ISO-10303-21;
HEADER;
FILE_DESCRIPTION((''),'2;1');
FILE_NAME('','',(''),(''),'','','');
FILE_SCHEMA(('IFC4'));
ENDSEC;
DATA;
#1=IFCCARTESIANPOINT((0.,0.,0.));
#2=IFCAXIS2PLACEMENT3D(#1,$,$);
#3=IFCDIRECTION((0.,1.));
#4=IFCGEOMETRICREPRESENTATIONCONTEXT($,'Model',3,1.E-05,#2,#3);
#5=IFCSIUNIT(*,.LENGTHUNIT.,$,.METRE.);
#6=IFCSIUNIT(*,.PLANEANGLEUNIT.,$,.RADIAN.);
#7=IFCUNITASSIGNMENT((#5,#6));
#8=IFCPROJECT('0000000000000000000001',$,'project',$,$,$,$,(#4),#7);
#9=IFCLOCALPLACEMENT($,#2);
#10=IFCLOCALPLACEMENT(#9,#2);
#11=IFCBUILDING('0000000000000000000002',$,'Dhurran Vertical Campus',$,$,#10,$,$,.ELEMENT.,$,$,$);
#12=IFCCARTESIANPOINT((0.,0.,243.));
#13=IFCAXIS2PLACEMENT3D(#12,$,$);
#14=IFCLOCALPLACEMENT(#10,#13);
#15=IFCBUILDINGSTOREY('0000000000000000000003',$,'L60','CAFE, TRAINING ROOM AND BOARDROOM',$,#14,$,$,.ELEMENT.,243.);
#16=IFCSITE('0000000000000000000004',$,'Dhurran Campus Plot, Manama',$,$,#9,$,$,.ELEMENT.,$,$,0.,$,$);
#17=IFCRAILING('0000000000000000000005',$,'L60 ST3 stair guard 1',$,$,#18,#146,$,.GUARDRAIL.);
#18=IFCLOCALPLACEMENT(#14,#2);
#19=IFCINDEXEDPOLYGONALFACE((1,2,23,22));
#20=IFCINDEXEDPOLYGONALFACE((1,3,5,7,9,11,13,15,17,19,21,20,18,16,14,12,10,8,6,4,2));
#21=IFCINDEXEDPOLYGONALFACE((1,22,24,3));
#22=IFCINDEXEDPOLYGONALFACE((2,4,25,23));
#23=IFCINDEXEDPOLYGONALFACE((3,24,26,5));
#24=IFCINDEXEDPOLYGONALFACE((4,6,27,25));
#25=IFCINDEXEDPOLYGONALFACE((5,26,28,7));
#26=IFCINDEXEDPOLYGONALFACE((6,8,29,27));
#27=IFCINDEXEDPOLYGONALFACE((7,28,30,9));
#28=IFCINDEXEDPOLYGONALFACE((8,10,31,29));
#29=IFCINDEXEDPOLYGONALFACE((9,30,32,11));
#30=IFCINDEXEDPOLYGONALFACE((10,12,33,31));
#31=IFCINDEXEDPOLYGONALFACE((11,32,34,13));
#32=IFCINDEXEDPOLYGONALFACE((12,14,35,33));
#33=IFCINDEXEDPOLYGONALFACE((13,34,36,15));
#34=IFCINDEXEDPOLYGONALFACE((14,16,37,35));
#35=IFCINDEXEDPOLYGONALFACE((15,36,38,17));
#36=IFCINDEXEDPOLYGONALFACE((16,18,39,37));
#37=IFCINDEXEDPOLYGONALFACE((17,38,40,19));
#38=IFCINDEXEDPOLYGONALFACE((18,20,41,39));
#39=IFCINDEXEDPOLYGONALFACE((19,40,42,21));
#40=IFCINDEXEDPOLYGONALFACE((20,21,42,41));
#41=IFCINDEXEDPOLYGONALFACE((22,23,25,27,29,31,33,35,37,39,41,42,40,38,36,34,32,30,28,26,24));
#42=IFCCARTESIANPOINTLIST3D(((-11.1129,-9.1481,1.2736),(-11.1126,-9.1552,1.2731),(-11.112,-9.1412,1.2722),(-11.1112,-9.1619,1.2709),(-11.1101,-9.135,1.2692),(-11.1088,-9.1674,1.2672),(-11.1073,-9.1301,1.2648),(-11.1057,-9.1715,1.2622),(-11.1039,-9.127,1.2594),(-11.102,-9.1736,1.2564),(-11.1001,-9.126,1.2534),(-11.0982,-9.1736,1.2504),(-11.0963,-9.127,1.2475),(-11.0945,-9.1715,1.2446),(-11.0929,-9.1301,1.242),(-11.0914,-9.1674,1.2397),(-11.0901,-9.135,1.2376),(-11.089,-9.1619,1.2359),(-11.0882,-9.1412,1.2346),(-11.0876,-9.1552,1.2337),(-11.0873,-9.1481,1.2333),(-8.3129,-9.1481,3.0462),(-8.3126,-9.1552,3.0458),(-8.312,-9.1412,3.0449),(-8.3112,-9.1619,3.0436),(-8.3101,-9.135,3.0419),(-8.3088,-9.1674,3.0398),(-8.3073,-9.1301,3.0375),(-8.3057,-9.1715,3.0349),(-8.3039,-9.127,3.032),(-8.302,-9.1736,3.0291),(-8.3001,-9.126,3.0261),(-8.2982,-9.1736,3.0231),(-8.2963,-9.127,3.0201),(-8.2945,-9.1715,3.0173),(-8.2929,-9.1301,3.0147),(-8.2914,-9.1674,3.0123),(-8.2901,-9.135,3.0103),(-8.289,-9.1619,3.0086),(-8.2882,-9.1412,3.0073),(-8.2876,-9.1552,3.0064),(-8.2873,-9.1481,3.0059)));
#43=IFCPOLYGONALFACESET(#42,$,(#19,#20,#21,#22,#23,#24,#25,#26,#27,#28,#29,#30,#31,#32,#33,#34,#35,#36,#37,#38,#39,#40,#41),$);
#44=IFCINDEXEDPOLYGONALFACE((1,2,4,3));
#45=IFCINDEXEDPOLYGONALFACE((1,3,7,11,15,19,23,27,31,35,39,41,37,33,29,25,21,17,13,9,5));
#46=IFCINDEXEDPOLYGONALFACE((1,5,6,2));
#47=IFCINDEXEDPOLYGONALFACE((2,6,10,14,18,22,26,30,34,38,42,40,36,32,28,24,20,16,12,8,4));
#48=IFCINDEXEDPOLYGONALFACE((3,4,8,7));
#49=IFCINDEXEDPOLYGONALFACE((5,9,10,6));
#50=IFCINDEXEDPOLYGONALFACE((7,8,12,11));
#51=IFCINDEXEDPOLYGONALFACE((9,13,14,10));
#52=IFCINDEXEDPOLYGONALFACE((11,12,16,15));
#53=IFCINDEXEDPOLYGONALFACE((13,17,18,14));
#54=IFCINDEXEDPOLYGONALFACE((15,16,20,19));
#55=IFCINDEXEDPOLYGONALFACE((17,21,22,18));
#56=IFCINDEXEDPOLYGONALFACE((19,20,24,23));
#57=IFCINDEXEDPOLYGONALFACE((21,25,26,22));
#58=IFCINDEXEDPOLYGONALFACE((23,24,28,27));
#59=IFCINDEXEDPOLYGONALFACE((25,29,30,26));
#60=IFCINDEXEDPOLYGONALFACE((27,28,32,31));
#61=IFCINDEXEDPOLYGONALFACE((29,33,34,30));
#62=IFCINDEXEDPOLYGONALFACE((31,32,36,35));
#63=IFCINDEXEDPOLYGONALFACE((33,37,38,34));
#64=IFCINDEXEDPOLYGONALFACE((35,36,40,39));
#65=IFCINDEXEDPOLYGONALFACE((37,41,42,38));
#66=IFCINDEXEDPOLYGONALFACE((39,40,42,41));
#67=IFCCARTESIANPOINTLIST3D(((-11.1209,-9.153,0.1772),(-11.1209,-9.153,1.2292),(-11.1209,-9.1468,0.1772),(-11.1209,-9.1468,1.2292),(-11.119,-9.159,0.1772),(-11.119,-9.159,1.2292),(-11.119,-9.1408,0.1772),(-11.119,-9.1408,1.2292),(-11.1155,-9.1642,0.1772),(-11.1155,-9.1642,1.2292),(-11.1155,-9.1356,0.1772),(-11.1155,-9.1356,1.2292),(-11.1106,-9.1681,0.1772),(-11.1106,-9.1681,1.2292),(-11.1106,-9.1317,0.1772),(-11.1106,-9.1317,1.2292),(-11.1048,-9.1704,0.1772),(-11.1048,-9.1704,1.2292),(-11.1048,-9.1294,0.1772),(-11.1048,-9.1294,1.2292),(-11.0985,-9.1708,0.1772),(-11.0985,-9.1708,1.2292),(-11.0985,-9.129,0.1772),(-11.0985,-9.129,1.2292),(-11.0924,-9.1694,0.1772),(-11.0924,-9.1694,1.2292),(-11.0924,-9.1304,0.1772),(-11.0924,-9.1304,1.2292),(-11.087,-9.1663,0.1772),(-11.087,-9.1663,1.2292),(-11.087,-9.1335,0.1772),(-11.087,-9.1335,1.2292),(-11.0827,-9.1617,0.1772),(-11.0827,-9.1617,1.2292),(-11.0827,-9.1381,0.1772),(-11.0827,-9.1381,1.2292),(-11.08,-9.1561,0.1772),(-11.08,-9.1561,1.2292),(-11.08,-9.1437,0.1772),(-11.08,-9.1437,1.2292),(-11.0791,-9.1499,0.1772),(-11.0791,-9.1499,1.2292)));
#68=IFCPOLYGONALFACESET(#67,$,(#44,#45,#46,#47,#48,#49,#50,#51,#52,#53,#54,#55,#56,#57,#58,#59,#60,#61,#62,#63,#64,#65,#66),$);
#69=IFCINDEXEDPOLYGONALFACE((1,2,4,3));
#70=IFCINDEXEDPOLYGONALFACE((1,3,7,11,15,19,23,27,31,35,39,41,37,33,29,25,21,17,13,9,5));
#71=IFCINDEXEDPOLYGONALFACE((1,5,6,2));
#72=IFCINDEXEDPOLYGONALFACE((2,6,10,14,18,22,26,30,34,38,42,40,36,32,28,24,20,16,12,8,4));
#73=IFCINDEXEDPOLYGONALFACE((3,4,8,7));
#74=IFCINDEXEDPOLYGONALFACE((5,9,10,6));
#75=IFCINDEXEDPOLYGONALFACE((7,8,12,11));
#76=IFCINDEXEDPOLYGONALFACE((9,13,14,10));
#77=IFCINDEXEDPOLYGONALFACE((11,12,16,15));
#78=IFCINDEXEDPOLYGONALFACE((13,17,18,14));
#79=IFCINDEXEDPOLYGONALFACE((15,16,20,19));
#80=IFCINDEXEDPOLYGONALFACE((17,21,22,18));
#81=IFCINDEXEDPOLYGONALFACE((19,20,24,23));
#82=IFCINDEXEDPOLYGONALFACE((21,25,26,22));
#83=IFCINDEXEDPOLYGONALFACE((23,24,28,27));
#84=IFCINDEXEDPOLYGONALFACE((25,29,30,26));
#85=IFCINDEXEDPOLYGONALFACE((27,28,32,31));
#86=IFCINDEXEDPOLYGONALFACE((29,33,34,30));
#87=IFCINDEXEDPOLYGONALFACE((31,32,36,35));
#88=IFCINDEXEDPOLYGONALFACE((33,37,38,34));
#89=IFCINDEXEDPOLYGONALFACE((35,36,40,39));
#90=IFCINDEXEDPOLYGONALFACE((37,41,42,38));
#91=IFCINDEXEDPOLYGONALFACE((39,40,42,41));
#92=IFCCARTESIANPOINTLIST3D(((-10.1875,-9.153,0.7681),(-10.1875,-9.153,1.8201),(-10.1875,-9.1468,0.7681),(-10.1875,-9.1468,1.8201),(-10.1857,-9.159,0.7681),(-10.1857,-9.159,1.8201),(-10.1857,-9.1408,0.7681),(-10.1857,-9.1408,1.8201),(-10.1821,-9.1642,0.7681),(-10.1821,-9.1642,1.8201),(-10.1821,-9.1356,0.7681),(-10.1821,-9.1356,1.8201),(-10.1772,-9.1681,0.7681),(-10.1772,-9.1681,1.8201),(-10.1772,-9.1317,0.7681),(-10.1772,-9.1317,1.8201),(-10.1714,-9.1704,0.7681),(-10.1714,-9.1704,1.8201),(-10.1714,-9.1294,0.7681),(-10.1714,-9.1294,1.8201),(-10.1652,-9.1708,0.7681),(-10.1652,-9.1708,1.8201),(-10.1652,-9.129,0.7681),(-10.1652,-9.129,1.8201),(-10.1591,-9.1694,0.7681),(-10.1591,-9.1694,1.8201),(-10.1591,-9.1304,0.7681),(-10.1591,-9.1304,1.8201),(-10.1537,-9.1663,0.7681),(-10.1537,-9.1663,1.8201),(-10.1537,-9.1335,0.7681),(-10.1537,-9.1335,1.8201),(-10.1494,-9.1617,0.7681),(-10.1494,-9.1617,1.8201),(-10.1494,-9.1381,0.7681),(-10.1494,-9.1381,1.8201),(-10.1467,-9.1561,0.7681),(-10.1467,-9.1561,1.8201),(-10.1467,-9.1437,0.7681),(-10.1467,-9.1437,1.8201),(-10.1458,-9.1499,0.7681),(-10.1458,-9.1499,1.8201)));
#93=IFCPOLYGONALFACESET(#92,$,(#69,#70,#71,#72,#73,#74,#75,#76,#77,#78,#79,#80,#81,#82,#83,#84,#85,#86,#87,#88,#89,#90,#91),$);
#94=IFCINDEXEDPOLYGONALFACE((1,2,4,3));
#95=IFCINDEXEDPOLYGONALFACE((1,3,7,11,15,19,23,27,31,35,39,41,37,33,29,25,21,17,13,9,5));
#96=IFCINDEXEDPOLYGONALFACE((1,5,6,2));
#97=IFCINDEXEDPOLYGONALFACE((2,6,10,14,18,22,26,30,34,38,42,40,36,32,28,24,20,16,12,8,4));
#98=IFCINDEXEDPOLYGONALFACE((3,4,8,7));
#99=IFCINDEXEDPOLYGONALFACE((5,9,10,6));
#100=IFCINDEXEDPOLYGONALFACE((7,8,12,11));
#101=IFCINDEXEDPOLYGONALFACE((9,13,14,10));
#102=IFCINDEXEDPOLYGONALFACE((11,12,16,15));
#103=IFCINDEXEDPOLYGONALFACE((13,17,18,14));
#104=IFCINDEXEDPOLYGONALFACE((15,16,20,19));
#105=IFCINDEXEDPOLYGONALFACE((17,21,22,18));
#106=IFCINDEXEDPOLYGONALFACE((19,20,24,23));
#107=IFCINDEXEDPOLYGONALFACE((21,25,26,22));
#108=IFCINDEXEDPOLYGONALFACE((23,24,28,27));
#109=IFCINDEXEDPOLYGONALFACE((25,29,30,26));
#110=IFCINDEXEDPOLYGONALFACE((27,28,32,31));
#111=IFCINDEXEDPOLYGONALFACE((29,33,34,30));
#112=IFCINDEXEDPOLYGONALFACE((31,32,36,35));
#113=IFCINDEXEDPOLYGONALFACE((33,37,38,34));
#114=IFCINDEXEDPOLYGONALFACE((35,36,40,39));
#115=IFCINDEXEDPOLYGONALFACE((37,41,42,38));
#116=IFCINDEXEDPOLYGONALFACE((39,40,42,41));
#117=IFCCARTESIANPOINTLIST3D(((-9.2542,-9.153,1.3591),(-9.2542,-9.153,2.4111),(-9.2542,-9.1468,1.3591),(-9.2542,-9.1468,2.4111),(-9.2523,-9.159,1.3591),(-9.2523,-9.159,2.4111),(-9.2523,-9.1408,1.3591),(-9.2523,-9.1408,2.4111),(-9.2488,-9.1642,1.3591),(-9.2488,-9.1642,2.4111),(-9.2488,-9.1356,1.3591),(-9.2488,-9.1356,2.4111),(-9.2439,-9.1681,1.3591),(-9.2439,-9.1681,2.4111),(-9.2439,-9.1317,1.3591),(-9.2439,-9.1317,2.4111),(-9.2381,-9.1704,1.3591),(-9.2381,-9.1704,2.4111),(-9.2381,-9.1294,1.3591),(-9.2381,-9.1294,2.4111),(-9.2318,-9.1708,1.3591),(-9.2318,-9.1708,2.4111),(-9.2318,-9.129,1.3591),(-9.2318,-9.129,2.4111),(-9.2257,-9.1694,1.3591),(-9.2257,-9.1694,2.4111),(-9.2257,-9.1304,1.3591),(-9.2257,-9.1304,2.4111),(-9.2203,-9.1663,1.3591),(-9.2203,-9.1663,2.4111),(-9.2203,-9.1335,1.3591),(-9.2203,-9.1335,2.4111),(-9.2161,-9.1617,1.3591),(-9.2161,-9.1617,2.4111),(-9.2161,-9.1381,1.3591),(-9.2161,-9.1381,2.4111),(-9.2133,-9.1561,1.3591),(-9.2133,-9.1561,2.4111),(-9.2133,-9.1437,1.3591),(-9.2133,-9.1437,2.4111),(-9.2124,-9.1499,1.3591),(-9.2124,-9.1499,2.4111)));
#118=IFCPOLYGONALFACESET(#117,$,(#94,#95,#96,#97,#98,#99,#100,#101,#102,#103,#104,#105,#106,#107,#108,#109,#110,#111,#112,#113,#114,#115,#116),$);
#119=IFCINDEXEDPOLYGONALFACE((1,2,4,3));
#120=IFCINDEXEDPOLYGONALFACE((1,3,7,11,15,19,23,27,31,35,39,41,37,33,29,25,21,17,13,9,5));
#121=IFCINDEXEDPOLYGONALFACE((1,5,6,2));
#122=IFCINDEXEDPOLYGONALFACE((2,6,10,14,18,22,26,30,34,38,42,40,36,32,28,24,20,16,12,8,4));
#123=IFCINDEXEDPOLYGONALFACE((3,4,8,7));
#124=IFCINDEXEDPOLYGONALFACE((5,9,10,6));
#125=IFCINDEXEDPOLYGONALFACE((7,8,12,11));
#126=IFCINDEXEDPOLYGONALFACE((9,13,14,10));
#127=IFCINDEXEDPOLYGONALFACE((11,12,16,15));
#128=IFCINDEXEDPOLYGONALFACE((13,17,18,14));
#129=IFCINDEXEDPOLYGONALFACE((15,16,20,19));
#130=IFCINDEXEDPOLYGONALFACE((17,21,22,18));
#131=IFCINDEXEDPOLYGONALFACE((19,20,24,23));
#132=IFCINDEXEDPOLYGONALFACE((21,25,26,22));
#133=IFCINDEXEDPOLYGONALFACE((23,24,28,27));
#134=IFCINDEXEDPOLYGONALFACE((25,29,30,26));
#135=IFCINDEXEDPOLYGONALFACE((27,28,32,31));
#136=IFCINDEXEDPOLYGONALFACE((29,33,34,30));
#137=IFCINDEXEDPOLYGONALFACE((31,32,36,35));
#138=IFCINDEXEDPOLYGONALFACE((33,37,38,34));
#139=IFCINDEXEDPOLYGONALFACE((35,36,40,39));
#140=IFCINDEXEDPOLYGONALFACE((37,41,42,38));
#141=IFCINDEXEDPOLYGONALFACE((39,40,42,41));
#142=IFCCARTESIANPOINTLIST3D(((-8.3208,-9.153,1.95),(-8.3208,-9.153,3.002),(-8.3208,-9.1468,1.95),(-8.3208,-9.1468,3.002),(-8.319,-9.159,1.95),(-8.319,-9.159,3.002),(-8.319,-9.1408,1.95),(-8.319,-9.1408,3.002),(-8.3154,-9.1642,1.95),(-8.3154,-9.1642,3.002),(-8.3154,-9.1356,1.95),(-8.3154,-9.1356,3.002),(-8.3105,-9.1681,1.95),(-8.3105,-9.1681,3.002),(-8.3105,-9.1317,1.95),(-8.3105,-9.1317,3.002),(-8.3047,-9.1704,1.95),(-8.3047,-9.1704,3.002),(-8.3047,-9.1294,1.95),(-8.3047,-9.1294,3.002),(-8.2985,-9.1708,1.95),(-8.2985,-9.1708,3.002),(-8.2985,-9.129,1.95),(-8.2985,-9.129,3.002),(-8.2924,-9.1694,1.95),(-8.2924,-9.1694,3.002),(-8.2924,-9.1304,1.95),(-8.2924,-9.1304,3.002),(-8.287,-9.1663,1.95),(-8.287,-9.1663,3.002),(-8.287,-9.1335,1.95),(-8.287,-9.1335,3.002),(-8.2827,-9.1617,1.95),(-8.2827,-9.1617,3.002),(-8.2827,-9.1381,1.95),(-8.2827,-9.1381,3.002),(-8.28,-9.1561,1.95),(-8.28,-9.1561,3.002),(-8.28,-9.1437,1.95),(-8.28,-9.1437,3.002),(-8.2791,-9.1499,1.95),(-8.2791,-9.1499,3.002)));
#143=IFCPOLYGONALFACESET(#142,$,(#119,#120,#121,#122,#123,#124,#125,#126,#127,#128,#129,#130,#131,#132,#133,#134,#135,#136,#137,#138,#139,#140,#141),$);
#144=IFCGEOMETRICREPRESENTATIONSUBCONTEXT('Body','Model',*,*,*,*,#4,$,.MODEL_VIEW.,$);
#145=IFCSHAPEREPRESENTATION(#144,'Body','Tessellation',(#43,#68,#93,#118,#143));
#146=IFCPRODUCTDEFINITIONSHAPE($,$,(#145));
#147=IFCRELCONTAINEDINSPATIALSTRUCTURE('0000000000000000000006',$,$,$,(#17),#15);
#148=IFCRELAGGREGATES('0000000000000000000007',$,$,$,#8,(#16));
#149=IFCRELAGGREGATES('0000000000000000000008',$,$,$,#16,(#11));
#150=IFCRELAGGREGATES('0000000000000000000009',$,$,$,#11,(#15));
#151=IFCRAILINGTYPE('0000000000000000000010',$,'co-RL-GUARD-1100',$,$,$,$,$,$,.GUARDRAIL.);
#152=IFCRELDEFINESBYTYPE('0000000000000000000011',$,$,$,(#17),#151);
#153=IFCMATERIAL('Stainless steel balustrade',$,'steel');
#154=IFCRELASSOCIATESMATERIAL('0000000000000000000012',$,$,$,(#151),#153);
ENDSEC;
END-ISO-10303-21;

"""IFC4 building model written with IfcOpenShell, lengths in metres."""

from ifc_helpers import new_model, si_unit, direction, frame, origin, origin_2d, place, context, subcontext, project, spatial, circle, extrude, material, type_object, element, save


model = new_model("IFC4")

# Units and contexts
model_context = context("Model", 3, precision=1e-05, world=origin(), true_north=direction((0.0, 1.0)))
body_context = subcontext(model_context, "Body", "Model", "MODEL_VIEW")
ifc_project = project(units=[si_unit("LENGTHUNIT", "METRE"), si_unit("PLANEANGLEUNIT", "RADIAN")], contexts=[model_context])

# Site, building, storey
site_placement = place(None, origin())
site = spatial("IfcSite", under=ifc_project, at=site_placement, Name="Dhurran Campus Plot, Manama", CompositionType="ELEMENT", RefElevation=0.0)
building_placement = place(site_placement, origin())
building = spatial("IfcBuilding", under=site, at=building_placement, Name="Dhurran Vertical Campus", CompositionType="ELEMENT")
storey_placement = place(building_placement, frame((0.0, 0.0, 243.0)))
storey = spatial("IfcBuildingStorey", under=building, at=storey_placement, Name="L60", Description="CAFE, TRAINING ROOM AND BOARDROOM", CompositionType="ELEMENT", Elevation=243.0)

# Railing
ifc_material_1 = material(Name="Stainless steel balustrade", Category="steel")
railing_type_1 = type_object("IfcRailingType", Name="co-RL-GUARD-1100", PredefinedType="GUARDRAIL", material=ifc_material_1)
railing_1_placement = place(storey_placement, frame((-11.1001, -9.1499, 0.1772)))
element("IfcRailing", 1, at=railing_1_placement, inside=storey, type_object=railing_type_1, Name="L60 ST3 stair guard 1", PredefinedType="GUARDRAIL", context=body_context, shape_type="SweptSolid", body=[
    extrude(circle(Radius=0.0239, at=origin_2d()), frame((0.0, 0.0, 1.0762), z_axis=(0.844909, 0.0, 0.53491), x_axis=(0.0, 1.0, 0.0)), (0.0, 0.0, 1.0), 3.314),
    extrude(circle(Radius=0.021, at=origin_2d()), origin(), (0.0, 0.0, 1.0), 1.052),
    extrude(circle(Radius=0.021, at=origin_2d()), frame((0.9333, 0.0, 0.5908)), (0.0, 0.0, 1.0), 1.052),
    extrude(circle(Radius=0.021, at=origin_2d()), frame((1.8667, 0.0, 1.1819)), (0.0, 0.0, 1.0), 1.052),
    extrude(circle(Radius=0.021, at=origin_2d()), frame((2.8, 0.0, 1.7727)), (0.0, 0.0, 1.0), 1.052),
])

save(model, "model.ifc")
